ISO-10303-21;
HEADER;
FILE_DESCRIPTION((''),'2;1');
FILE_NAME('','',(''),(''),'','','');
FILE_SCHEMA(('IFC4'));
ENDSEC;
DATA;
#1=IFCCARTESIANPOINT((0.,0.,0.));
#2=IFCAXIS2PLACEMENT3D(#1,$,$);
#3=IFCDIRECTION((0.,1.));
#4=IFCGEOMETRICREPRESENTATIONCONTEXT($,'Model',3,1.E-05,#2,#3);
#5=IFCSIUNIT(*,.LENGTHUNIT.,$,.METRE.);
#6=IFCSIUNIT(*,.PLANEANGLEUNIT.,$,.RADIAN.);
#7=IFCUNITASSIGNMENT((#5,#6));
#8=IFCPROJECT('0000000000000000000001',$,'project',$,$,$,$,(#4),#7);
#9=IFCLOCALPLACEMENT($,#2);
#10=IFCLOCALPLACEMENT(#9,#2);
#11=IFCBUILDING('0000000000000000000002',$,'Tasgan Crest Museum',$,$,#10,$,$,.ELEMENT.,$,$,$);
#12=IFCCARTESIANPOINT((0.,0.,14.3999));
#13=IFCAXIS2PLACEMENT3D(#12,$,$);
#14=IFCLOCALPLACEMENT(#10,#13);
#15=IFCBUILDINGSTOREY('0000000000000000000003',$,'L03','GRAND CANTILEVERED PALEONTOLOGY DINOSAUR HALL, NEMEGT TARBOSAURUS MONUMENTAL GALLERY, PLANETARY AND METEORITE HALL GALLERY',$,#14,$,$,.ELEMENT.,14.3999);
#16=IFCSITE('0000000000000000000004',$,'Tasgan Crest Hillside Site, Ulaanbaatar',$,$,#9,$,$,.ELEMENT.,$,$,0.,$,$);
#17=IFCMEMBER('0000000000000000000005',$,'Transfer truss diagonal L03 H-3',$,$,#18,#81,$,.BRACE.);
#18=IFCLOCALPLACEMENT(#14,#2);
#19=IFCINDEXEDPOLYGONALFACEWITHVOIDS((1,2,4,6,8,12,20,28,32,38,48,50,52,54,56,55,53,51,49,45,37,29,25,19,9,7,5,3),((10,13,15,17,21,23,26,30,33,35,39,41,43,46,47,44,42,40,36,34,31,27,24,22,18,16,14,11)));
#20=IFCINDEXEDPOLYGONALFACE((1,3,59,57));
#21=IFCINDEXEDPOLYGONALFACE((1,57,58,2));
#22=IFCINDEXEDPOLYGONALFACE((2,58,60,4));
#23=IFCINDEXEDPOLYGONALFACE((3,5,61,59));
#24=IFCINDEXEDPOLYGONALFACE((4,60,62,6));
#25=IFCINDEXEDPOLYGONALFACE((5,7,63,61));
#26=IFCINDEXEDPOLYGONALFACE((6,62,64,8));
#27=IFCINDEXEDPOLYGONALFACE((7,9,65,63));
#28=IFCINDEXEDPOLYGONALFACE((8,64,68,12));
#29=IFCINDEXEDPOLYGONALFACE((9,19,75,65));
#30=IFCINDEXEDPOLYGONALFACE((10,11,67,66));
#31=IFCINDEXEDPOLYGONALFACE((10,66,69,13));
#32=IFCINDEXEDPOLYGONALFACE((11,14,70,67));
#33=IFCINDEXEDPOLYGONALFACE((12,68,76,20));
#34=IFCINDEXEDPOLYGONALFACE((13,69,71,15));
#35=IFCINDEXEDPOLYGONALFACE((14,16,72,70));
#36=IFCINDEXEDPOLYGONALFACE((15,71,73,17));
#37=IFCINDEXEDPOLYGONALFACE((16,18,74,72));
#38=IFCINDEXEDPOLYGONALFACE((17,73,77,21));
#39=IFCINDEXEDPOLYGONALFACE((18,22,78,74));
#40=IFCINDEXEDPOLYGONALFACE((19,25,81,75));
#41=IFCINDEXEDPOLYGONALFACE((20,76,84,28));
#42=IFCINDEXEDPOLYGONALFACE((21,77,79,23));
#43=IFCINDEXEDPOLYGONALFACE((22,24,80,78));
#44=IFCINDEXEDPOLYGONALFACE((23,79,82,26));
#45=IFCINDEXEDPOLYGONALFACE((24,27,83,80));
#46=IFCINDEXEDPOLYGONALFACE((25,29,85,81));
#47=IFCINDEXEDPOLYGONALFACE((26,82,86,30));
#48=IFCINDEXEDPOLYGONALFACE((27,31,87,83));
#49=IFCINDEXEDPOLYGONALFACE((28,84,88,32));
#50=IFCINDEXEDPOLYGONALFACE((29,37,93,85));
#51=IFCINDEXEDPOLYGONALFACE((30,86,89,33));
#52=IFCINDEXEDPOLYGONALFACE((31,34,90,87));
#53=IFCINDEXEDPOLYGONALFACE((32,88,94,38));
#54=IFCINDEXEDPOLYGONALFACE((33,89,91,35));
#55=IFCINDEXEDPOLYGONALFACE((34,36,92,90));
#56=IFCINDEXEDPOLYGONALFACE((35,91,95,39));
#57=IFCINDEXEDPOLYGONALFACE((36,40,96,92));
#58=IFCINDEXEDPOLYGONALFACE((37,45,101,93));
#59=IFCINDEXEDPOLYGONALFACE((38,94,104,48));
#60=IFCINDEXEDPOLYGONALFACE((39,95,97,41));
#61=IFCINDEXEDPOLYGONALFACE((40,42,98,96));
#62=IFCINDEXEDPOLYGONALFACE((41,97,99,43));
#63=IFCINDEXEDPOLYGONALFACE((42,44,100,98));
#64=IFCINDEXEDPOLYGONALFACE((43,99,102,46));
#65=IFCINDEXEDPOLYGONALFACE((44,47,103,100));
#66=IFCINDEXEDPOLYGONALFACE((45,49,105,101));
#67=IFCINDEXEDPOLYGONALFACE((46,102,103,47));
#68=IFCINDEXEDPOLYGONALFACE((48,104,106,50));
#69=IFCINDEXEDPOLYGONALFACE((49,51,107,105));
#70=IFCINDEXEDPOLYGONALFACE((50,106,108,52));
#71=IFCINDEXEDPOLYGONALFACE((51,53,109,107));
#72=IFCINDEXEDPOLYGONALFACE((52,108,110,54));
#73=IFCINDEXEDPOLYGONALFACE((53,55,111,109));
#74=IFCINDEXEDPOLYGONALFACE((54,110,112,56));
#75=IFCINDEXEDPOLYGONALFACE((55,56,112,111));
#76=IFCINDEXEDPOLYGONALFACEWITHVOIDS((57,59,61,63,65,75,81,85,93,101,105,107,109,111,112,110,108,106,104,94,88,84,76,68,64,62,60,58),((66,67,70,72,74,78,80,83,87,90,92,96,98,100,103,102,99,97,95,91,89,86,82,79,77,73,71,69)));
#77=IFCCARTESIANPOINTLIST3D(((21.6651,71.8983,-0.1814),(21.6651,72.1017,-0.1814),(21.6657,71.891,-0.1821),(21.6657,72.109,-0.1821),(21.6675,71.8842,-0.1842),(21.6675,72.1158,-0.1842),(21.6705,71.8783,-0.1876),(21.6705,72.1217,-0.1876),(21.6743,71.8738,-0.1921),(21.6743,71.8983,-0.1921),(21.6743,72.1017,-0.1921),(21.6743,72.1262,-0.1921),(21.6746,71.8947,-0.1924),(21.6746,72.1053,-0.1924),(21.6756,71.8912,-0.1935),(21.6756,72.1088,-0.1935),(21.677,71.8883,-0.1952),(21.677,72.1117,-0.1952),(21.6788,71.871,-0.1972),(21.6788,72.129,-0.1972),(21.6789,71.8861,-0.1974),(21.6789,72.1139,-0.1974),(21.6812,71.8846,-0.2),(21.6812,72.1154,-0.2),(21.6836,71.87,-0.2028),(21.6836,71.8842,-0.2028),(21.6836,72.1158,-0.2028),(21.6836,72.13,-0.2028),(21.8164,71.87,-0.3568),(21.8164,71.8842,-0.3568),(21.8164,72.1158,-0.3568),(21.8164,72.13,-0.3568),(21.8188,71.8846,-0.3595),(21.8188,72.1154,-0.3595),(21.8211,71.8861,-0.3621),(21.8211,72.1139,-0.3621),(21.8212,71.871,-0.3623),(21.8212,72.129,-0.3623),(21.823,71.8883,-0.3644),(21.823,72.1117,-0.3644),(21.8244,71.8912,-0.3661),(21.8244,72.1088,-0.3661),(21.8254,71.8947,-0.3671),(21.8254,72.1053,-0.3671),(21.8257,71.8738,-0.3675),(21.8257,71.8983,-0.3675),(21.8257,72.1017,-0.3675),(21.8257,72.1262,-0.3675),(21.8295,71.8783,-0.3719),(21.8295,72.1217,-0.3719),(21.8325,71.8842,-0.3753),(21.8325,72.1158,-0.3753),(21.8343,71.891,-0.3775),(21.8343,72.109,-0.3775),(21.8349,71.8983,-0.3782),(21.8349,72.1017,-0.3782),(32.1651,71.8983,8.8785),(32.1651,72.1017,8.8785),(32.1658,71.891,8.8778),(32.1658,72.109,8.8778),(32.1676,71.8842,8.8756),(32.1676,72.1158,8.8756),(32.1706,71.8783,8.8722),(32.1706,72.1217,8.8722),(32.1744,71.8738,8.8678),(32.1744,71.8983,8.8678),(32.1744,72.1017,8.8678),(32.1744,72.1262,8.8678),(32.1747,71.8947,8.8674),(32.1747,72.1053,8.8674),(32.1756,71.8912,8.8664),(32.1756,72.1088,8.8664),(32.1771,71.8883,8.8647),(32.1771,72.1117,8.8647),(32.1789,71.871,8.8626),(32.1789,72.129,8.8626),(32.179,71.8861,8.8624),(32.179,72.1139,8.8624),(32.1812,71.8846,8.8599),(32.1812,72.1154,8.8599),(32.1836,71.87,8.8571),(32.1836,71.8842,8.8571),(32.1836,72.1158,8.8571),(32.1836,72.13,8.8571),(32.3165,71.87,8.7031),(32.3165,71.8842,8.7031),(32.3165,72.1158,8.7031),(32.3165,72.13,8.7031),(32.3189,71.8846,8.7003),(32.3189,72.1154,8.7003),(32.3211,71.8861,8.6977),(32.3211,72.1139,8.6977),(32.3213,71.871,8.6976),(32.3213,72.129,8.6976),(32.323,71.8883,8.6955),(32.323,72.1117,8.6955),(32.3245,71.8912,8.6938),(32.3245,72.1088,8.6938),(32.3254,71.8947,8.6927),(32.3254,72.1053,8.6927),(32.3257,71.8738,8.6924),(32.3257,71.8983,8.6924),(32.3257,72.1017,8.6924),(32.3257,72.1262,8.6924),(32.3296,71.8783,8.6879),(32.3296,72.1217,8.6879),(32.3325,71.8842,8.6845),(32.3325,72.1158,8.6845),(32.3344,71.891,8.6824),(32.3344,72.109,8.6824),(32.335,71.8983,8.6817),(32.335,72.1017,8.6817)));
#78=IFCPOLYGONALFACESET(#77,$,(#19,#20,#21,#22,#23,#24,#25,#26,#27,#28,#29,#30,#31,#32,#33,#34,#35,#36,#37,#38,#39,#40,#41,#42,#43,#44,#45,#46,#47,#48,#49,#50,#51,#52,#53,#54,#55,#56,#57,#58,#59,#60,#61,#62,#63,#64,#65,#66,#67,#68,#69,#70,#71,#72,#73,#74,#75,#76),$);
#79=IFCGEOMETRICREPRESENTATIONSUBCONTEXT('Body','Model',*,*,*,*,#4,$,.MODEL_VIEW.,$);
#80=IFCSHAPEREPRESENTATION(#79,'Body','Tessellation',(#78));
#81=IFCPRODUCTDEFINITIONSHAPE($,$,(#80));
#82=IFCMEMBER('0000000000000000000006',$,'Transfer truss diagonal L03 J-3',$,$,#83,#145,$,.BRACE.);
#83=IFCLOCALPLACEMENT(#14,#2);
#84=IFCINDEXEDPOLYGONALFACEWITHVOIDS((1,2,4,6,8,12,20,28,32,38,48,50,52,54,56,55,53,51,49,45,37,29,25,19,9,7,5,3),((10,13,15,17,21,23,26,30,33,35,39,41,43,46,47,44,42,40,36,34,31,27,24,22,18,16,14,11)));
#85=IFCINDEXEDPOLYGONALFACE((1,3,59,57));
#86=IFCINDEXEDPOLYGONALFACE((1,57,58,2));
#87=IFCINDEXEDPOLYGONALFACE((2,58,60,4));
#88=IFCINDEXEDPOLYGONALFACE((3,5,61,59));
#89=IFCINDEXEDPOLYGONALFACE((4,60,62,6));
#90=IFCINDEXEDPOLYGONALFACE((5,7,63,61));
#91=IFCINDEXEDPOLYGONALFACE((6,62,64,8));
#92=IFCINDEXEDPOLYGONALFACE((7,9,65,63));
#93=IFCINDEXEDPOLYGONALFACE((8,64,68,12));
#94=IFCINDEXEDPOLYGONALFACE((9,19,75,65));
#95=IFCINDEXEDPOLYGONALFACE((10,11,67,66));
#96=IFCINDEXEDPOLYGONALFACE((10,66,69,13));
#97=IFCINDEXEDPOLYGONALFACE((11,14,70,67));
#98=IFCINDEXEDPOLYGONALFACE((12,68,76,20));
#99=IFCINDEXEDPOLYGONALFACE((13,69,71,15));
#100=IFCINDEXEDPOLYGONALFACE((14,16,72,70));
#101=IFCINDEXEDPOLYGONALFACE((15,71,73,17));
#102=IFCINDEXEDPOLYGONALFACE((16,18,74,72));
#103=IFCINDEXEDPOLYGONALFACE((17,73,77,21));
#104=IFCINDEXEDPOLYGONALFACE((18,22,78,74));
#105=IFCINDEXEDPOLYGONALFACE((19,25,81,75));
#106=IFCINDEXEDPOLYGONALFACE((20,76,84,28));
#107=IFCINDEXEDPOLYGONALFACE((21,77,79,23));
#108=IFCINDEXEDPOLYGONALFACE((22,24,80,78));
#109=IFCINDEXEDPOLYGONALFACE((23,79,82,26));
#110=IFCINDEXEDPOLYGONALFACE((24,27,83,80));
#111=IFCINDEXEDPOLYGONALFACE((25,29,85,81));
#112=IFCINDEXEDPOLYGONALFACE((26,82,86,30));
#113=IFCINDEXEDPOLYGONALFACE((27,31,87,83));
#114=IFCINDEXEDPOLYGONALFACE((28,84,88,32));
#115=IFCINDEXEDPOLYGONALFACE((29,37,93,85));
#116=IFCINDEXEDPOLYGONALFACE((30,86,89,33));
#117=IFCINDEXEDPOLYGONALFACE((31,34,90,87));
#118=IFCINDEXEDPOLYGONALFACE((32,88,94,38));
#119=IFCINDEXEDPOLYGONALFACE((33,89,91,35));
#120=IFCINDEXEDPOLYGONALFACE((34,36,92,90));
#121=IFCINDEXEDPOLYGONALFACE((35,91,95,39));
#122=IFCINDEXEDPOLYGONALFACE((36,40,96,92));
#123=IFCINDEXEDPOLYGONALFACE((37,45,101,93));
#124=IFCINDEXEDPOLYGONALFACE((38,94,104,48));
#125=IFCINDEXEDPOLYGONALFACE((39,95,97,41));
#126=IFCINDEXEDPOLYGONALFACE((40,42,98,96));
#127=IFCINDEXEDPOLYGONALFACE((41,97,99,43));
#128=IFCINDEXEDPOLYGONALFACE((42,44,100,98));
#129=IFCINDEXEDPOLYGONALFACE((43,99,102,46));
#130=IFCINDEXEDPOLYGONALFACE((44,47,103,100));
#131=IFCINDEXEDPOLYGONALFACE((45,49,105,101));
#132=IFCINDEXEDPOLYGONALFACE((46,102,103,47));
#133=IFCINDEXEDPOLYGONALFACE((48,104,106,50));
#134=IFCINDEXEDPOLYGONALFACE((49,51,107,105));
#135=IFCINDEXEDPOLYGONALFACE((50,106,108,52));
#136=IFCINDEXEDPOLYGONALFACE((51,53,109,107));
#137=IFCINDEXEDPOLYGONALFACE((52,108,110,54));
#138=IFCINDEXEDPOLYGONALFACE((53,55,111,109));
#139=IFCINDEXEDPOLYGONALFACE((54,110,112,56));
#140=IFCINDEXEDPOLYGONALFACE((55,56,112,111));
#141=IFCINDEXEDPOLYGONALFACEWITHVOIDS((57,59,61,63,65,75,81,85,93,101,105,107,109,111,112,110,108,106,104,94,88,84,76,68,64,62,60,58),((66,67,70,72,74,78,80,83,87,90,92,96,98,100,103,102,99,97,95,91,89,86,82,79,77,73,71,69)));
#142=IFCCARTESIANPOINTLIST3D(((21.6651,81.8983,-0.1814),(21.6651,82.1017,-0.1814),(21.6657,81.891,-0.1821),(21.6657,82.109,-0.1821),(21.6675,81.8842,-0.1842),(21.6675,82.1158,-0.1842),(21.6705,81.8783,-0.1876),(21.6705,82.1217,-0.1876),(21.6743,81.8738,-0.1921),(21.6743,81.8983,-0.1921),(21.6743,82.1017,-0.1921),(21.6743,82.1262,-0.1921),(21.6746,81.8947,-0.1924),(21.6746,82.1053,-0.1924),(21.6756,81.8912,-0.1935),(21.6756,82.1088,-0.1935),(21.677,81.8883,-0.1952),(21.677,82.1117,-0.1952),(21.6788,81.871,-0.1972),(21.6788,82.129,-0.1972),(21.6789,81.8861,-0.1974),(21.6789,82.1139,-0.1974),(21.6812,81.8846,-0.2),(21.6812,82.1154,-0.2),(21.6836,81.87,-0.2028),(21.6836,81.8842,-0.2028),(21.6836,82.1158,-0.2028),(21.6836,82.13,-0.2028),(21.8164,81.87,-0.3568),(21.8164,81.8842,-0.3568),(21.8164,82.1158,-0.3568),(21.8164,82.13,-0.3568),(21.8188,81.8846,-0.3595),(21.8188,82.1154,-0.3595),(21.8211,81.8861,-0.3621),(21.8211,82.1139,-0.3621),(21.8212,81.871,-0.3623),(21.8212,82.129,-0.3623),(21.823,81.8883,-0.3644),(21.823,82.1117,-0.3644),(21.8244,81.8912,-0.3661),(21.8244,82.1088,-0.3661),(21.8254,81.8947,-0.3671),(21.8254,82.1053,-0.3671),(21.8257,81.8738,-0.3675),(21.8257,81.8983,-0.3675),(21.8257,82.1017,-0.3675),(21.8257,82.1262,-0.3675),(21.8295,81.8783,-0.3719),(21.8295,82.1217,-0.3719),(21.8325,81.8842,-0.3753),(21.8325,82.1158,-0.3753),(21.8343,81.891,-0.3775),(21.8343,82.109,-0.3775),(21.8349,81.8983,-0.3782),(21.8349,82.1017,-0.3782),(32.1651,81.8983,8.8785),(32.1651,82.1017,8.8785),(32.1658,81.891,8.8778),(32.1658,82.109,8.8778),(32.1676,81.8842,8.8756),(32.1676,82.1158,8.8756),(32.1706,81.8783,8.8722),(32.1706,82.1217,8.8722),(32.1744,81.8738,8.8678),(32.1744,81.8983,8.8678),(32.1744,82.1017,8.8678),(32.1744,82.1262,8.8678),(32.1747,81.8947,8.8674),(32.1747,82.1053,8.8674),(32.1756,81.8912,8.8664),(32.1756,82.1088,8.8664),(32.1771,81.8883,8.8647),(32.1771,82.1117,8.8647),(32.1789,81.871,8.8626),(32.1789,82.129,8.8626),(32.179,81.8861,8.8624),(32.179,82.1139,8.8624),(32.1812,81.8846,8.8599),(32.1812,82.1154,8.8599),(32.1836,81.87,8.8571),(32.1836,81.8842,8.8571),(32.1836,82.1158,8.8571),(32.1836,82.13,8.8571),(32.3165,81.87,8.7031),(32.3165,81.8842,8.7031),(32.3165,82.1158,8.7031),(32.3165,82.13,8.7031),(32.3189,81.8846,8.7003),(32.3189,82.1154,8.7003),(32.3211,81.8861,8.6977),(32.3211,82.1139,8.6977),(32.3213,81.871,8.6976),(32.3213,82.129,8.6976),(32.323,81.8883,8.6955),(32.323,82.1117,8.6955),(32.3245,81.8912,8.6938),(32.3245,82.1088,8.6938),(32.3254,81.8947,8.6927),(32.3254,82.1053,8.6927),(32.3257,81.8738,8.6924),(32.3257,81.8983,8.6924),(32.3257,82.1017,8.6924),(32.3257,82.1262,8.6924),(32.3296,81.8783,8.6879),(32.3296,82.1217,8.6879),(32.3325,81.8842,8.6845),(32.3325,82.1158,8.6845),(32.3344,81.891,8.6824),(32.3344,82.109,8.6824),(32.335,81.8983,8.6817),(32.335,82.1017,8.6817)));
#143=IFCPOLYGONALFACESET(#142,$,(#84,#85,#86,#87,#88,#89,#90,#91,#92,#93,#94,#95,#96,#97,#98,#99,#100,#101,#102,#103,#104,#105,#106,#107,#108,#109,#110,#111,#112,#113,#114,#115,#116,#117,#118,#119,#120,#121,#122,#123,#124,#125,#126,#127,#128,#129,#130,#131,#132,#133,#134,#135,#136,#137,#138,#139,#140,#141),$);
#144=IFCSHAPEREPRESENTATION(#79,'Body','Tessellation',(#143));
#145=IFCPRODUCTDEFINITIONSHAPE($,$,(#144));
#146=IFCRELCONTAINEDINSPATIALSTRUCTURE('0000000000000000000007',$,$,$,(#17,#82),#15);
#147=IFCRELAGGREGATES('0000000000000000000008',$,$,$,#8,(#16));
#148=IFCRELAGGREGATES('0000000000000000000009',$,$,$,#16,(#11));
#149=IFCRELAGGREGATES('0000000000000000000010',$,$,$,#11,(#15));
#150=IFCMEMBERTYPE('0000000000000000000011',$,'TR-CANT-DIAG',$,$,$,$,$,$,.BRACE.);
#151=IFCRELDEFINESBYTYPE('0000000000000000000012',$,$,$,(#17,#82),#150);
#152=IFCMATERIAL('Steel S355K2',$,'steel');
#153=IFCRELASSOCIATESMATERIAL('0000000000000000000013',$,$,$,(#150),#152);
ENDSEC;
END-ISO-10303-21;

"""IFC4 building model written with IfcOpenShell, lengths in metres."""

from ifc_helpers import new_model, si_unit, direction, frame, origin, origin_2d, place, context, subcontext, project, spatial, hollow_rectangle, extrude, material, material_profile, profile_set, type_object, element, save


model = new_model("IFC4")

# Units and contexts
model_context = context("Model", 3, precision=1e-05, world=origin(), true_north=direction((0.0, 1.0)))
body_context = subcontext(model_context, "Body", "Model", "MODEL_VIEW")
ifc_project = project(units=[si_unit("LENGTHUNIT", "METRE"), si_unit("PLANEANGLEUNIT", "RADIAN")], contexts=[model_context])

# Site, building, storey
site_placement = place(None, origin())
site = spatial("IfcSite", under=ifc_project, at=site_placement, Name="Tasgan Crest Hillside Site, Ulaanbaatar", CompositionType="ELEMENT", RefElevation=0.0)
building_placement = place(site_placement, origin())
building = spatial("IfcBuilding", under=site, at=building_placement, Name="Tasgan Crest Museum", CompositionType="ELEMENT")
storey_placement = place(building_placement, frame((0.0, 0.0, 14.3999)))
storey = spatial("IfcBuildingStorey", under=building, at=storey_placement, Name="L03", Description="GRAND CANTILEVERED PALEONTOLOGY DINOSAUR HALL, NEMEGT TARBOSAURUS MONUMENTAL GALLERY, PLANETARY AND METEORITE HALL GALLERY", CompositionType="ELEMENT", Elevation=14.3999)

# Members
ifc_material_1 = material(Name="Steel S355K2", Category="steel")
ifc_material_profile_1 = material_profile(ifc_material_1, hollow_rectangle(XDim=0.26, YDim=0.26, WallThickness=0.0142, InnerFilletRadius=0.0142, OuterFilletRadius=0.0283, at=origin_2d()), Name="SHS 260x260x14.2")
ifc_profile_set_1 = profile_set([ifc_material_profile_1], Name="Steel S355K2")
member_type_1 = type_object("IfcMemberType", Name="TR-CANT-DIAG", PredefinedType="BRACE", material=ifc_profile_set_1)
for number, where, z_axis, x_axis, name in (
    (1, (21.75, 72.0, -0.2798), (0.757121, 0.0, 0.653274), (0.0, 1.0, 0.0), "Transfer truss diagonal L03 H-3"),
    (2, (21.75, 82.0, -0.2798), (0.757121, 0.0, 0.653274), (0.0, 1.0, 0.0), "Transfer truss diagonal L03 J-3"),
):
    element("IfcMember", number, at=place(storey_placement, frame(where, z_axis=z_axis, x_axis=x_axis)), inside=storey, type_object=member_type_1, Name=name, PredefinedType="BRACE", context=body_context, shape_type="SweptSolid", body=[
        extrude(hollow_rectangle(XDim=0.26, YDim=0.26, WallThickness=0.0142, InnerFilletRadius=0.0142, OuterFilletRadius=0.0283, at=origin_2d()), origin(), (0.0, 0.0, 1.0), 13.8684),
    ])

save(model, "model.ifc")
